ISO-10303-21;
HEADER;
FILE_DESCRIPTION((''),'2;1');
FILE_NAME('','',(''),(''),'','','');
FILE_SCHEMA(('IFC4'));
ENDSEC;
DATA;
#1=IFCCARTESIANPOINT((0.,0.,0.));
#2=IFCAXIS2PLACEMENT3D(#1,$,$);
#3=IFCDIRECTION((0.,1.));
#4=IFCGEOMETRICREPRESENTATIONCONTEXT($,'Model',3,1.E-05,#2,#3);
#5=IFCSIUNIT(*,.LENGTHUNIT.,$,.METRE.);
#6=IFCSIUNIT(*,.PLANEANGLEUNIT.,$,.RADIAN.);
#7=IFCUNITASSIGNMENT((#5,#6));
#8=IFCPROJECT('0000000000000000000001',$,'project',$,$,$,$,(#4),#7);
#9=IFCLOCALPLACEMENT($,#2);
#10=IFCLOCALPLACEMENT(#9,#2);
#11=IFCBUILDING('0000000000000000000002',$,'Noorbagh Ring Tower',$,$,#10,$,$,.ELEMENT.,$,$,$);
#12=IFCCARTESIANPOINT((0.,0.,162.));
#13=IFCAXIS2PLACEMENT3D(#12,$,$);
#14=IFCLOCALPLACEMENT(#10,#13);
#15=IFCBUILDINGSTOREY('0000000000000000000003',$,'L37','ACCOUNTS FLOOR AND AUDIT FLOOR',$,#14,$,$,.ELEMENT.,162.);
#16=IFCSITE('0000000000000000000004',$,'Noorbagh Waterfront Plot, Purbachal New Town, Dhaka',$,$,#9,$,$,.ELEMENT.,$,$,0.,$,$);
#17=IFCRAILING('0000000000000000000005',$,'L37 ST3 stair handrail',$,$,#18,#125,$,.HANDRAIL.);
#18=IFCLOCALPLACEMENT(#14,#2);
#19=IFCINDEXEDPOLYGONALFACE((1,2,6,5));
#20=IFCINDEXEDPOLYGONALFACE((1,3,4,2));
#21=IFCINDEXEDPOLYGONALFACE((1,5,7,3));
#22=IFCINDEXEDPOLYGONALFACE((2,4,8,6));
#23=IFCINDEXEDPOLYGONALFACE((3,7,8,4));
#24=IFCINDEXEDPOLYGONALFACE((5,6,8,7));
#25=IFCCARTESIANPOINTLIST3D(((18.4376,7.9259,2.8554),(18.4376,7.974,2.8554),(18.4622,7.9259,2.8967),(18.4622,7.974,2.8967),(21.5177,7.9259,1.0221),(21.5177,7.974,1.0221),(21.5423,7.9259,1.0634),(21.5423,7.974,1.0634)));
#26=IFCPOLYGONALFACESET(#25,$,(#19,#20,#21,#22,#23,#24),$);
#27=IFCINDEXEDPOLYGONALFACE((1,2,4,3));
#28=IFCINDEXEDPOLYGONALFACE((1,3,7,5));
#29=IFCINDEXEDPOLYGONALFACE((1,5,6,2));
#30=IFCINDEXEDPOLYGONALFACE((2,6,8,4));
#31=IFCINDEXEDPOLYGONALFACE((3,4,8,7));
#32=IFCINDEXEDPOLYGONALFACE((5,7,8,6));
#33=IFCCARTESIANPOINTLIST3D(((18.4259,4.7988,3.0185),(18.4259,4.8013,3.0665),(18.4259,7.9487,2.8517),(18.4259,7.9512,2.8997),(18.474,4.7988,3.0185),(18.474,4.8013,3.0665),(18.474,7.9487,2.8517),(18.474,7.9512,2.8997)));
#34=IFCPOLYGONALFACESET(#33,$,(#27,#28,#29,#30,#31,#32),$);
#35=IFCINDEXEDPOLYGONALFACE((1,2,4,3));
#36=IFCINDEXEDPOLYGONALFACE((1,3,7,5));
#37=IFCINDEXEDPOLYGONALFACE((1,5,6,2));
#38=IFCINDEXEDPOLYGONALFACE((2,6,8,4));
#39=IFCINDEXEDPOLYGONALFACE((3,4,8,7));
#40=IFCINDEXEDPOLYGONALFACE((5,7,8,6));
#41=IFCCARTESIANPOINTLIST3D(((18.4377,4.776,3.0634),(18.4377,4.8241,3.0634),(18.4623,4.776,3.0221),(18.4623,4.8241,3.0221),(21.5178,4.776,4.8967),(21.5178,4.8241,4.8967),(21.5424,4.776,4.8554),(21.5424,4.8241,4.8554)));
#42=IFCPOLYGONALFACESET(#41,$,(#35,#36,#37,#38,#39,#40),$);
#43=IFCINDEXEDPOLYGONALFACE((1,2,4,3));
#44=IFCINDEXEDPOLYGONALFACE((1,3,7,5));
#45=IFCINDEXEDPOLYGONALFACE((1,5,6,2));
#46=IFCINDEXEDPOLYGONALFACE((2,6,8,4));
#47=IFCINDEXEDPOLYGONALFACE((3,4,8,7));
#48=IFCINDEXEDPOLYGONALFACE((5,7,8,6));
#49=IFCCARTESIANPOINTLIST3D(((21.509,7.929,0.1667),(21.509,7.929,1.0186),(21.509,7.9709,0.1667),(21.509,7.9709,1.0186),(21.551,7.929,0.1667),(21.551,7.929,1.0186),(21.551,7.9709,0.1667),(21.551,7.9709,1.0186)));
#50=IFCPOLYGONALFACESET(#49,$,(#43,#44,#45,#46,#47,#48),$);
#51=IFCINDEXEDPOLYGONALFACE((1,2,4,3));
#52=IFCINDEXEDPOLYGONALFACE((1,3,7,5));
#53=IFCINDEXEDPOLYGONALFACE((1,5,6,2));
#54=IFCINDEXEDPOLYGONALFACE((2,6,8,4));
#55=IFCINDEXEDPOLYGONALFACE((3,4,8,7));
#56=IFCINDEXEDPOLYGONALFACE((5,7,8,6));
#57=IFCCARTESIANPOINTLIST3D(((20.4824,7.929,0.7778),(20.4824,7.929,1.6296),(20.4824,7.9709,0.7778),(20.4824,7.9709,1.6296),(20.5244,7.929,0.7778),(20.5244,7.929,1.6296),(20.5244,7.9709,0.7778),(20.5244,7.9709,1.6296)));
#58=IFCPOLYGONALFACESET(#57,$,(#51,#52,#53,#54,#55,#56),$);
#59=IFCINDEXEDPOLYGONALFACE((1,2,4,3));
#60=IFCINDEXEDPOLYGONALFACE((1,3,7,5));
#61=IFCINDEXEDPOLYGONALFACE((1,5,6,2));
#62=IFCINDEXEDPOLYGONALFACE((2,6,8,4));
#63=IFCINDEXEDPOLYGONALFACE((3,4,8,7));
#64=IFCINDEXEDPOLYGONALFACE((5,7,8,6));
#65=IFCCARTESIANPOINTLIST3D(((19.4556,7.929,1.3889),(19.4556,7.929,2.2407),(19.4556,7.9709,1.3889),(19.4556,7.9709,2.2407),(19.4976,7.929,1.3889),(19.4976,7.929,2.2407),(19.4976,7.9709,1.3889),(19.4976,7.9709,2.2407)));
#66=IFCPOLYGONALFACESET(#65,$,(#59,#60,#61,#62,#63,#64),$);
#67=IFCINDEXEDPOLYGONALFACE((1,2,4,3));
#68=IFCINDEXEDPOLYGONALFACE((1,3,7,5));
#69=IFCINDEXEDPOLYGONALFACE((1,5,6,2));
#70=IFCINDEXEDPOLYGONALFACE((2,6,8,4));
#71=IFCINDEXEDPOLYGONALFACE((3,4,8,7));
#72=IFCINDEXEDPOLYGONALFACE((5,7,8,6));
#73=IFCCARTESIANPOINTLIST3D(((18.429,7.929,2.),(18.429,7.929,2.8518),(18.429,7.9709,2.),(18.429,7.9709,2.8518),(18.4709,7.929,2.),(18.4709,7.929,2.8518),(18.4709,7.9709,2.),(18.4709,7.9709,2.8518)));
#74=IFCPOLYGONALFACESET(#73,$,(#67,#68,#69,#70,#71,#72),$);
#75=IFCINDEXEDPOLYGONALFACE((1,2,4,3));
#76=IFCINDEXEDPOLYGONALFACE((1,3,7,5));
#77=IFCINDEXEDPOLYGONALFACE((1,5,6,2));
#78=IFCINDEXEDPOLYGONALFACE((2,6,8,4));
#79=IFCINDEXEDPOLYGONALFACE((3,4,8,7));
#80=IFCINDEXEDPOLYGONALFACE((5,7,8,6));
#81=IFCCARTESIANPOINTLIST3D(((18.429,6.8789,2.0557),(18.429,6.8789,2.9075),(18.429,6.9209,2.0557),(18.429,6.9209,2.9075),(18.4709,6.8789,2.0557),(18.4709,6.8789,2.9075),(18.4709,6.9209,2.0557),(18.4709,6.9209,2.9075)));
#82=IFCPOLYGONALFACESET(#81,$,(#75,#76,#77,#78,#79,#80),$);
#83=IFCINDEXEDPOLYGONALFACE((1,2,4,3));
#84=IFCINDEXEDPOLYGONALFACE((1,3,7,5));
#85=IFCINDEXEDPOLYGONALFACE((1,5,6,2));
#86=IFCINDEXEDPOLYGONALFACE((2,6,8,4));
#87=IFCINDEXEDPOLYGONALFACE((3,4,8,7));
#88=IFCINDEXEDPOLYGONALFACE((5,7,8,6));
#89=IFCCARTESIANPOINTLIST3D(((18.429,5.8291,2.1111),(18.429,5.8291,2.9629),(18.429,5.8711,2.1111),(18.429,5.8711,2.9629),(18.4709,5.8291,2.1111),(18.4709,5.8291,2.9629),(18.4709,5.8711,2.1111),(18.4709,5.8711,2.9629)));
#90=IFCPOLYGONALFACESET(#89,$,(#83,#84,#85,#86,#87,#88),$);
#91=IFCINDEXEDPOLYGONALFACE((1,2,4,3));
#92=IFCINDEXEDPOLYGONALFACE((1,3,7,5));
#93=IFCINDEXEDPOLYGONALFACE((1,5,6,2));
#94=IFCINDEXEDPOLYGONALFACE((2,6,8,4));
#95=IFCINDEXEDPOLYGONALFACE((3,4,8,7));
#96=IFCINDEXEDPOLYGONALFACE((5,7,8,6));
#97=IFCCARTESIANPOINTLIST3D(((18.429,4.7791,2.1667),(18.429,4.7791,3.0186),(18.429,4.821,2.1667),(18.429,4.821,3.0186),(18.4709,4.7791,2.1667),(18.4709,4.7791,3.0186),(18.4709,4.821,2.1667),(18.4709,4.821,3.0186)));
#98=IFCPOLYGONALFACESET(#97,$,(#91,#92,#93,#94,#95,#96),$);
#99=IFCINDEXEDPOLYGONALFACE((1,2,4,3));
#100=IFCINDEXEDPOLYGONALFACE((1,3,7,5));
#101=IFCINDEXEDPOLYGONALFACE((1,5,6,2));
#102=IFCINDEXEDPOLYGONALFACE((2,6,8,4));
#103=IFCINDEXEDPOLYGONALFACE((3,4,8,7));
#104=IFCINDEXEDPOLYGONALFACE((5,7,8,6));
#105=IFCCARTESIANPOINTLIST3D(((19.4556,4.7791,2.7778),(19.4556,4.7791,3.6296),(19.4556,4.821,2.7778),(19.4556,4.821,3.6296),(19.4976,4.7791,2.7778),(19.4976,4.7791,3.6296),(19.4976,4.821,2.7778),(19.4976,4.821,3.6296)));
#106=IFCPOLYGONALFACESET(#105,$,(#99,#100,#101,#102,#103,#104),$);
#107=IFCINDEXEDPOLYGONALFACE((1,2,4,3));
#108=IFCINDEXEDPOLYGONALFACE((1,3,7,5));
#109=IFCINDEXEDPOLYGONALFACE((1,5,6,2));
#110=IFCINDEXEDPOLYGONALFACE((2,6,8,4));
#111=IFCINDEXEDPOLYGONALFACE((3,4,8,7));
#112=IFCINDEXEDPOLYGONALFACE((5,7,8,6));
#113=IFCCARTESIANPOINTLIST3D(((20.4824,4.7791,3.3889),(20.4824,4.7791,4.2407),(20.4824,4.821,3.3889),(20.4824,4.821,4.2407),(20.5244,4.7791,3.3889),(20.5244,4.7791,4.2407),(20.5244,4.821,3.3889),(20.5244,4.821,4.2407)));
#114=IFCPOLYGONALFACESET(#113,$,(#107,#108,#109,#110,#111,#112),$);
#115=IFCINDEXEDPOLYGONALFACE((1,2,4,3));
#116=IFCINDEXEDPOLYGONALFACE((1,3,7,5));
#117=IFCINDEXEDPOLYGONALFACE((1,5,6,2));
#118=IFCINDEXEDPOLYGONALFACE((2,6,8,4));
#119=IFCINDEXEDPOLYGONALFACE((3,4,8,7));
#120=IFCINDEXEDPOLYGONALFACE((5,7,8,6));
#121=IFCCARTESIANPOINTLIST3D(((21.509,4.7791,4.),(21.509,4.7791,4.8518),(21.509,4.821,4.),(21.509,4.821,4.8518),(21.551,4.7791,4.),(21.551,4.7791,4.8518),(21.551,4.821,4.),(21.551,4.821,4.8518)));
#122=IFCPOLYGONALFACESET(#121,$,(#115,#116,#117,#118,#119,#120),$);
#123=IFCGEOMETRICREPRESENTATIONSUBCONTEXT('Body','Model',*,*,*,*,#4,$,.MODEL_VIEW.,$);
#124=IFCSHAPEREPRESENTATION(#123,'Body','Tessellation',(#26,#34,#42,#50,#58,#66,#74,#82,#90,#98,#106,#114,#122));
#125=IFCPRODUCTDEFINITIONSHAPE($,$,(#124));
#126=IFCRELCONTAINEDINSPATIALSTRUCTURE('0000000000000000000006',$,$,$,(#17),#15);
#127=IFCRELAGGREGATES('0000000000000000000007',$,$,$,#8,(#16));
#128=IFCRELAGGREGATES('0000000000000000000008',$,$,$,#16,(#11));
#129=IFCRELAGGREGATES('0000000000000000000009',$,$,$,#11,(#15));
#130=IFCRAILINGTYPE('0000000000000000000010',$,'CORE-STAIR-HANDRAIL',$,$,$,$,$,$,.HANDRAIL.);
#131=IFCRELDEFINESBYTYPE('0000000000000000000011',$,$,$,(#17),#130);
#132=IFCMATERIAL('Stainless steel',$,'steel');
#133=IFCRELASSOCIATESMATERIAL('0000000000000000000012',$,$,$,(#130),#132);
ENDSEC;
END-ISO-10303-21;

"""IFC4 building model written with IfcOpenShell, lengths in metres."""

from ifc_helpers import new_model, si_unit, direction, frame, origin, origin_2d, place, context, subcontext, project, spatial, rectangle, extrude, material, type_object, element, save


model = new_model("IFC4")

# Units and contexts
model_context = context("Model", 3, precision=1e-05, world=origin(), true_north=direction((0.0, 1.0)))
body_context = subcontext(model_context, "Body", "Model", "MODEL_VIEW")
ifc_project = project(units=[si_unit("LENGTHUNIT", "METRE"), si_unit("PLANEANGLEUNIT", "RADIAN")], contexts=[model_context])

# Site, building, storey
site_placement = place(None, origin())
site = spatial("IfcSite", under=ifc_project, at=site_placement, Name="Noorbagh Waterfront Plot, Purbachal New Town, Dhaka", CompositionType="ELEMENT", RefElevation=0.0)
building_placement = place(site_placement, origin())
building = spatial("IfcBuilding", under=site, at=building_placement, Name="Noorbagh Ring Tower", CompositionType="ELEMENT")
storey_placement = place(building_placement, frame((0.0, 0.0, 162.0)))
storey = spatial("IfcBuildingStorey", under=building, at=storey_placement, Name="L37", Description="ACCOUNTS FLOOR AND AUDIT FLOOR", CompositionType="ELEMENT", Elevation=162.0)

# Railing
ifc_material_1 = material(Name="Stainless steel", Category="steel")
railing_type_1 = type_object("IfcRailingType", Name="CORE-STAIR-HANDRAIL", PredefinedType="HANDRAIL", material=ifc_material_1)
railing_1_placement = place(storey_placement, frame((21.53, 7.95, 0.1667)))
element("IfcRailing", 1, at=railing_1_placement, inside=storey, type_object=railing_type_1, Name="L37 ST3 stair handrail", PredefinedType="HANDRAIL", context=body_context, shape_type="SweptSolid", body=[
    extrude(rectangle(XDim=0.0481, YDim=0.0481, at=origin_2d()), frame((0.0, 0.0, 0.876), z_axis=(-0.859309, 0.0, 0.511458), x_axis=(0.0, -1.0, 0.0)), (0.0, 0.0, 1.0), 3.5845),
    extrude(rectangle(XDim=0.0481, YDim=0.0481, at=origin_2d()), frame((-3.0801, 0.0, 2.709), z_axis=(0.0, -0.998602, 0.052864), x_axis=(1.0, 0.0, 0.0)), (0.0, 0.0, 1.0), 3.1543),
    extrude(rectangle(XDim=0.0481, YDim=0.0481, at=origin_2d()), frame((-3.0801, -3.1499, 2.876), z_axis=(0.859309, 0.0, 0.511458), x_axis=(0.0, 1.0, 0.0)), (0.0, 0.0, 1.0), 3.5845),
    extrude(rectangle(XDim=0.042, YDim=0.042, at=origin_2d()), origin(), (0.0, 0.0, 1.0), 0.8518),
    extrude(rectangle(XDim=0.042, YDim=0.042, at=origin_2d()), frame((-1.0266, 0.0, 0.6111)), (0.0, 0.0, 1.0), 0.8518),
    extrude(rectangle(XDim=0.042, YDim=0.042, at=origin_2d()), frame((-2.0535, 0.0, 1.2222)), (0.0, 0.0, 1.0), 0.8518),
    extrude(rectangle(XDim=0.042, YDim=0.042, at=origin_2d()), frame((-3.0801, 0.0, 1.8333)), (0.0, 0.0, 1.0), 0.8518),
    extrude(rectangle(XDim=0.042, YDim=0.042, at=origin_2d()), frame((-3.0801, -1.05, 1.8889)), (0.0, 0.0, 1.0), 0.8518),
    extrude(rectangle(XDim=0.042, YDim=0.042, at=origin_2d()), frame((-3.0801, -2.0999, 1.9443)), (0.0, 0.0, 1.0), 0.8518),
    extrude(rectangle(XDim=0.042, YDim=0.042, at=origin_2d()), frame((-3.0801, -3.1499, 2.0)), (0.0, 0.0, 1.0), 0.8518),
    extrude(rectangle(XDim=0.042, YDim=0.042, at=origin_2d()), frame((-2.0535, -3.1499, 2.6111)), (0.0, 0.0, 1.0), 0.8518),
    extrude(rectangle(XDim=0.042, YDim=0.042, at=origin_2d()), frame((-1.0266, -3.1499, 3.2222)), (0.0, 0.0, 1.0), 0.8518),
    extrude(rectangle(XDim=0.042, YDim=0.042, at=origin_2d()), frame((0.0, -3.1499, 3.8333)), (0.0, 0.0, 1.0), 0.8518),
])

save(model, "model.ifc")
